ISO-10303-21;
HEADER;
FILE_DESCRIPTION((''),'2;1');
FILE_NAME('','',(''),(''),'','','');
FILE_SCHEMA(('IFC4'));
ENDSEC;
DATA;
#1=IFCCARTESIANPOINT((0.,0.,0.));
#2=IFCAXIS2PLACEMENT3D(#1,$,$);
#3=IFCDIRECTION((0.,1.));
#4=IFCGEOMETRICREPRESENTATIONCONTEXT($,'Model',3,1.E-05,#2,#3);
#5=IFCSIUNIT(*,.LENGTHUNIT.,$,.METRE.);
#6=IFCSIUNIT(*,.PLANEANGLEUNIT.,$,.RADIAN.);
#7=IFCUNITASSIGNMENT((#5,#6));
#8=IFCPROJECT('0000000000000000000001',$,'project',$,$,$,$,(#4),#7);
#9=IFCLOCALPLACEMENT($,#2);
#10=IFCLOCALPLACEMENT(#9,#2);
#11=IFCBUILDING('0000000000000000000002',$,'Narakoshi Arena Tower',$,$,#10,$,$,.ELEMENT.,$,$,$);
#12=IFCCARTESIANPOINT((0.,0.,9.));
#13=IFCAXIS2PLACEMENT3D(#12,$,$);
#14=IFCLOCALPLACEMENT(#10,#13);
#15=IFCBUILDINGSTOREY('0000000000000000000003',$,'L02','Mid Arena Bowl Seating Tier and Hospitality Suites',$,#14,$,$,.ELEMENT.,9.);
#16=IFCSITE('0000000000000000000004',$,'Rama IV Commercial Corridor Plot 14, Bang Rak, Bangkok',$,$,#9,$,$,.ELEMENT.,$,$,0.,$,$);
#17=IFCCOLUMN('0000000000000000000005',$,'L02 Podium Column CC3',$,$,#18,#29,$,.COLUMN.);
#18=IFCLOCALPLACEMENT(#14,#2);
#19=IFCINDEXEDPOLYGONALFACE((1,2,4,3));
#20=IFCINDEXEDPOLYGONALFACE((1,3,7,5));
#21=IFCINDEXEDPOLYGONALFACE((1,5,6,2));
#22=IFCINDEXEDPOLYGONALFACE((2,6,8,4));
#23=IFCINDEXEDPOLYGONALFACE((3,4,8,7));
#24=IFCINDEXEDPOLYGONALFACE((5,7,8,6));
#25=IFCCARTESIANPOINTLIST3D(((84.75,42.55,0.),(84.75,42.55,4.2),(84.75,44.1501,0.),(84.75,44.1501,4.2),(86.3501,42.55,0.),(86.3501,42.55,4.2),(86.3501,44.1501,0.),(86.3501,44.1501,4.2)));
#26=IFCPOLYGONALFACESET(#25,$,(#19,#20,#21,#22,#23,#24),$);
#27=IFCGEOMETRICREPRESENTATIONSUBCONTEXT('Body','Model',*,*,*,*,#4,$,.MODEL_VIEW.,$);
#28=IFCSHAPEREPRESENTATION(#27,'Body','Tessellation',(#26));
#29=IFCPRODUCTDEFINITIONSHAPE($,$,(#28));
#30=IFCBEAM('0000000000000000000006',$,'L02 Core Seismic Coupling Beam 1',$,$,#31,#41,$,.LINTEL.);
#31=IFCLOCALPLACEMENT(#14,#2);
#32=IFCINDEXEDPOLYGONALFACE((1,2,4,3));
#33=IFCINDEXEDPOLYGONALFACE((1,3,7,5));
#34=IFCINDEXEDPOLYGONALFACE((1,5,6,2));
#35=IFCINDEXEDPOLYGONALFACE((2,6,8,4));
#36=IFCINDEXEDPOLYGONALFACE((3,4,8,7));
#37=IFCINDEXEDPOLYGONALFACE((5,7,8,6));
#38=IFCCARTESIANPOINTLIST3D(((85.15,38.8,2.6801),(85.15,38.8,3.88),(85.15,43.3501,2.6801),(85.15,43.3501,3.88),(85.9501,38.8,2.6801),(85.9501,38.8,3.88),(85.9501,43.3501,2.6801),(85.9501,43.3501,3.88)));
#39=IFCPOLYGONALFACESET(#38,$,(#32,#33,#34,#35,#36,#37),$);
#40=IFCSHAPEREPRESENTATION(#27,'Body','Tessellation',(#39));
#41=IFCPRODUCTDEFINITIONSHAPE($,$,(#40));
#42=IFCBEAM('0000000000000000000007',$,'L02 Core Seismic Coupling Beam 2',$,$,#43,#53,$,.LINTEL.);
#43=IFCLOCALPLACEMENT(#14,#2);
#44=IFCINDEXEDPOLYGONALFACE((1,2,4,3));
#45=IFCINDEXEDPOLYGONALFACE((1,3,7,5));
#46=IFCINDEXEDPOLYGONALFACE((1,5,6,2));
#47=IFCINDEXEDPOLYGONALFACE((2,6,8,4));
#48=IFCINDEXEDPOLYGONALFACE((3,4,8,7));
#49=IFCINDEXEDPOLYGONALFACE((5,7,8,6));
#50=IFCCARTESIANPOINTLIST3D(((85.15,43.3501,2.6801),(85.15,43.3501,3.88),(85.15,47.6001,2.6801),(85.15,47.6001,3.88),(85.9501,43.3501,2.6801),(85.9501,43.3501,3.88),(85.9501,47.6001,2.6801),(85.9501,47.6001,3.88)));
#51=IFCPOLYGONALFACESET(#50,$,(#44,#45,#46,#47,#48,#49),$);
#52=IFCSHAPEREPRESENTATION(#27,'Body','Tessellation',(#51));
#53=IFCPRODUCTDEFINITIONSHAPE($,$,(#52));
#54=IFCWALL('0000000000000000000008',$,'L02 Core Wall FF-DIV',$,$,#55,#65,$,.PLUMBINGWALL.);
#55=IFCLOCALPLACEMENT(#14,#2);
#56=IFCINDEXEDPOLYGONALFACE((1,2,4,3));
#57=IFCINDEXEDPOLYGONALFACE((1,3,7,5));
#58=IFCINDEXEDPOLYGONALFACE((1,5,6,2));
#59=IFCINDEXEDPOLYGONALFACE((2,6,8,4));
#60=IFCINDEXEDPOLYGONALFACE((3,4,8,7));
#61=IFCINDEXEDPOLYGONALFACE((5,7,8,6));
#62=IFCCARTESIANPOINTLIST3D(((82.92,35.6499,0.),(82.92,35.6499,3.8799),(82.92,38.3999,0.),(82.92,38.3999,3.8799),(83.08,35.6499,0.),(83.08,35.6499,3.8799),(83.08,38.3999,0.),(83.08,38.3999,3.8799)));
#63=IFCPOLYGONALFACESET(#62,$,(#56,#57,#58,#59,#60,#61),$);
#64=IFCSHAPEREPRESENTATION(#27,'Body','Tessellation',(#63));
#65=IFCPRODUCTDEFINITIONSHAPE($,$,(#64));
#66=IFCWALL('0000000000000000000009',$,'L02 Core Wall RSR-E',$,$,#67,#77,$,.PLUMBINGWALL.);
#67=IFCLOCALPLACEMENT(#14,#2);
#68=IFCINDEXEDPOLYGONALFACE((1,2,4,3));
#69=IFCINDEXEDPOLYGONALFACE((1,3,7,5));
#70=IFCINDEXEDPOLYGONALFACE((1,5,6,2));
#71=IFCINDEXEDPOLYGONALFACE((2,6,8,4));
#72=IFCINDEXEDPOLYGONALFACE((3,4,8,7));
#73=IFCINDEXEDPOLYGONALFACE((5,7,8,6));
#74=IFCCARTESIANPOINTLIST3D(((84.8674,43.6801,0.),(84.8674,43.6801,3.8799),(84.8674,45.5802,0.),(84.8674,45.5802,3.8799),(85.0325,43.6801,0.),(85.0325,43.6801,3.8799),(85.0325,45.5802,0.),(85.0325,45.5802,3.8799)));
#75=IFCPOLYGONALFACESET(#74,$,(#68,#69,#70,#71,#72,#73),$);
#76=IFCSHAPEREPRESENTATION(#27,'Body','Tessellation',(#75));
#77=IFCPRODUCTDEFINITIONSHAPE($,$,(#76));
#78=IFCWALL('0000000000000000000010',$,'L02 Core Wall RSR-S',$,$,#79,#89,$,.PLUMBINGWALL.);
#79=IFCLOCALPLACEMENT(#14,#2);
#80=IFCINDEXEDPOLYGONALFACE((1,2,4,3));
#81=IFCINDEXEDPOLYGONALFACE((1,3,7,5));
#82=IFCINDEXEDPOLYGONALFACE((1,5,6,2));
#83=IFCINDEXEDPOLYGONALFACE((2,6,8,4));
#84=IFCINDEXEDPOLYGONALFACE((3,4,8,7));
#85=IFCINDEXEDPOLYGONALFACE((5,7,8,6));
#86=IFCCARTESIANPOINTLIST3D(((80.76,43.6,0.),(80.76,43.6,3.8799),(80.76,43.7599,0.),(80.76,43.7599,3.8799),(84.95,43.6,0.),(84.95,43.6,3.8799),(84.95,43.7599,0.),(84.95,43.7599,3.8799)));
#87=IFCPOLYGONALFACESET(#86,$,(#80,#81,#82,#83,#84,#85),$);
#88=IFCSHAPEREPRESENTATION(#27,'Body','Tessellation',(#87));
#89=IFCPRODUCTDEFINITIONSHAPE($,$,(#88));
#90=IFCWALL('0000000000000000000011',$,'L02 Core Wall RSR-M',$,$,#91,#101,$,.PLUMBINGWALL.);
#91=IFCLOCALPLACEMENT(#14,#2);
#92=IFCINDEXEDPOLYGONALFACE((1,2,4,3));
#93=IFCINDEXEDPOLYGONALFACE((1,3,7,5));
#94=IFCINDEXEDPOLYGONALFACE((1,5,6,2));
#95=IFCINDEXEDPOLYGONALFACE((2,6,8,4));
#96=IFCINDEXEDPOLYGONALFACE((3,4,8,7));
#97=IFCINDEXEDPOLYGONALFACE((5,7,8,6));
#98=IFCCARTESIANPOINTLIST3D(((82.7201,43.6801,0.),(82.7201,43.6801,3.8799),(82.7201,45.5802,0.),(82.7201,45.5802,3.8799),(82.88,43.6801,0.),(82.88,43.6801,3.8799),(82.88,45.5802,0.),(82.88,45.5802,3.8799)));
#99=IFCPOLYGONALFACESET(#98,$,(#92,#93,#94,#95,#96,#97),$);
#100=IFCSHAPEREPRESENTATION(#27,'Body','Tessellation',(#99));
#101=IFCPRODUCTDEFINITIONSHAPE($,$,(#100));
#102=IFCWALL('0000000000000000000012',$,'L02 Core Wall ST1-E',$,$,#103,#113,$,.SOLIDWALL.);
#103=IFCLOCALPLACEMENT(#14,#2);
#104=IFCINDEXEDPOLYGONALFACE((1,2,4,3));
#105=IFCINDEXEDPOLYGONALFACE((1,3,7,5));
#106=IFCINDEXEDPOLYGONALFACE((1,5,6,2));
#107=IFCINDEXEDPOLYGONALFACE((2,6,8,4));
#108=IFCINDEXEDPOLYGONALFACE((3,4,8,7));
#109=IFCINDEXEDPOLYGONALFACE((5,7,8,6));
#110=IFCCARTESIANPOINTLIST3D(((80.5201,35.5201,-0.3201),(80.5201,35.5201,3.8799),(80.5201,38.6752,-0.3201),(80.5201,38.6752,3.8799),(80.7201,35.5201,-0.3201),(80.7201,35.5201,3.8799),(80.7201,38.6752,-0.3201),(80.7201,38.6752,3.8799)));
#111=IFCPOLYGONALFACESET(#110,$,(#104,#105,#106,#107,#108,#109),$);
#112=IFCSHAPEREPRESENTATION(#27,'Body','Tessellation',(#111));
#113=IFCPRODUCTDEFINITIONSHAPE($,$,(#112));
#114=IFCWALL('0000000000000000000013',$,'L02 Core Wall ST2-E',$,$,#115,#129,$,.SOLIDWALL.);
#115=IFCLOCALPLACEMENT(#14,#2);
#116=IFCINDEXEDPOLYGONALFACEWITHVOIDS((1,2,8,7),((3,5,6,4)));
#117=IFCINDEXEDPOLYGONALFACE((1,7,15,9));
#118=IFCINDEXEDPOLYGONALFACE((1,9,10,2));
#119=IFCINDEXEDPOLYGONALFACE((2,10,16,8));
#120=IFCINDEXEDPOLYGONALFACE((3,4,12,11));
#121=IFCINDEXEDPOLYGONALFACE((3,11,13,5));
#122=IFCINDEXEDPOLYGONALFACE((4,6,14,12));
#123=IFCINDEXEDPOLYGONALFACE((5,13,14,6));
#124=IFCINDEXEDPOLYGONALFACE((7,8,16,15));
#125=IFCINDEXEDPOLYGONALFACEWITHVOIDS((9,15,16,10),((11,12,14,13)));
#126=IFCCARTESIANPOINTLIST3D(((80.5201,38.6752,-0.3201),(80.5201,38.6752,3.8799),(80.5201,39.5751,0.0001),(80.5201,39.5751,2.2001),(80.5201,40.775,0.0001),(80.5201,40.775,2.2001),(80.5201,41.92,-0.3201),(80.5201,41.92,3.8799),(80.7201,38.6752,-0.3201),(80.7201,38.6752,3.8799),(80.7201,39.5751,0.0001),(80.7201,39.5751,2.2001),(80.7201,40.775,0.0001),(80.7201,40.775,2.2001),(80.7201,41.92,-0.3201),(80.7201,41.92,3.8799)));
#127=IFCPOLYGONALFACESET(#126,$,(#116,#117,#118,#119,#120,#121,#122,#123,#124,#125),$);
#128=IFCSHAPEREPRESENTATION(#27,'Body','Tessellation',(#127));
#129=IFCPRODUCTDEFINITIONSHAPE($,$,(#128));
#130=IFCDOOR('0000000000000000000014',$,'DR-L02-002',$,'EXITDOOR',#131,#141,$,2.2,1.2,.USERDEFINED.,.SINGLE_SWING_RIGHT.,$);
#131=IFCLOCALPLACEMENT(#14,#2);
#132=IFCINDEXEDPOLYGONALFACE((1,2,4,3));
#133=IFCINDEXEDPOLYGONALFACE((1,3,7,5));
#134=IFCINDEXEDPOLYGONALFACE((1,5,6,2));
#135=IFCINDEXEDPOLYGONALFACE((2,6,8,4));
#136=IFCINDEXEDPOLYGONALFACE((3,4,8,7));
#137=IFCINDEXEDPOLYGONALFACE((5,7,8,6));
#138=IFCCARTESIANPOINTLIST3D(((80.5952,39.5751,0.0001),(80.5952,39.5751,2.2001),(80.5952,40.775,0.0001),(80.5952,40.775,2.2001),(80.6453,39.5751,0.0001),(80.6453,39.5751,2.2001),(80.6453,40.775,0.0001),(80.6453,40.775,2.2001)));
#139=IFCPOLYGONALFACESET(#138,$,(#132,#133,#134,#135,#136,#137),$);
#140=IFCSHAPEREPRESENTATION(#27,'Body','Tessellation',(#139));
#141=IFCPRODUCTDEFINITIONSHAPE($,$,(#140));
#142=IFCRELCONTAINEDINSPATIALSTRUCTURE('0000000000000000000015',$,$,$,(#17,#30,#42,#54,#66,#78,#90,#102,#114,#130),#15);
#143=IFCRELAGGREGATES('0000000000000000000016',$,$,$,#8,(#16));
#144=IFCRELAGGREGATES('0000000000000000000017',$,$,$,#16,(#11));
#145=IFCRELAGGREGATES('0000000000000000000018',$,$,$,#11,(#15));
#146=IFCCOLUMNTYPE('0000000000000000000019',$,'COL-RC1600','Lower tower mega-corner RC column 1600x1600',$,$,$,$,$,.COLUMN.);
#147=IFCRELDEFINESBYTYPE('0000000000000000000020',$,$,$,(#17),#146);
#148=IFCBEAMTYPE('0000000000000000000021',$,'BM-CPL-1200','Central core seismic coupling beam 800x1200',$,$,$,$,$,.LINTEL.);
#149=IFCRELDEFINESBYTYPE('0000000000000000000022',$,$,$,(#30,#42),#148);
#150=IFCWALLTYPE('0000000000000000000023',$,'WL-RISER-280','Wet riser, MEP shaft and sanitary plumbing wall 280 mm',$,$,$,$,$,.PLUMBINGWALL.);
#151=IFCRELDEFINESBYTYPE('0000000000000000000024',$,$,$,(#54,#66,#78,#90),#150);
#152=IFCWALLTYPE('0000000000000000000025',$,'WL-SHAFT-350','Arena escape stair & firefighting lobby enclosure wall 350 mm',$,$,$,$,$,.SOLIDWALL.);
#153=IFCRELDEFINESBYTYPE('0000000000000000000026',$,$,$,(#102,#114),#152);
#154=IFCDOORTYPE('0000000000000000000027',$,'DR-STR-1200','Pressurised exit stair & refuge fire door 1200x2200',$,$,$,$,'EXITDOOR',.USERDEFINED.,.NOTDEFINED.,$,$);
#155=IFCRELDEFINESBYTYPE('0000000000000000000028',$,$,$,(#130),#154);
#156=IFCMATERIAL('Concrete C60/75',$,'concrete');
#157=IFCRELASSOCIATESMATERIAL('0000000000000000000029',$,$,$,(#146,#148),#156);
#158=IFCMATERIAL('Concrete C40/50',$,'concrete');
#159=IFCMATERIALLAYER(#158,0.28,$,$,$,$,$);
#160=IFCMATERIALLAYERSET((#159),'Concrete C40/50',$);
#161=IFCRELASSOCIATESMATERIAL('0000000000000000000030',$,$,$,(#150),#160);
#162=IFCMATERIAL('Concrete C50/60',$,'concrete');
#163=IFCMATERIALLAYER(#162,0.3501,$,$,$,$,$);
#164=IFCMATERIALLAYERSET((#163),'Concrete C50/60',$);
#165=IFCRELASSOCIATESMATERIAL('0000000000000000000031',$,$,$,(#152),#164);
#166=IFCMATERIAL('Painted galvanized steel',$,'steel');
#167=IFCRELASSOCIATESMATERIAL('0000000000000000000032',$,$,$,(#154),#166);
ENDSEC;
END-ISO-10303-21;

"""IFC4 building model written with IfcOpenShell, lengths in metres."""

from ifc_helpers import new_model, si_unit, direction, frame, frame_2d, origin, origin_2d, place, context, subcontext, project, spatial, rectangle, extrude, material, layer, layer_set, material_profile, profile_set, type_object, element, fill, save


model = new_model("IFC4")

# Units and contexts
model_context = context("Model", 3, precision=1e-05, world=origin(), true_north=direction((0.0, 1.0)))
body_context = subcontext(model_context, "Body", "Model", "MODEL_VIEW")
ifc_project = project(units=[si_unit("LENGTHUNIT", "METRE"), si_unit("PLANEANGLEUNIT", "RADIAN")], contexts=[model_context])

# Site, building, storey
site_placement = place(None, origin())
site = spatial("IfcSite", under=ifc_project, at=site_placement, Name="Rama IV Commercial Corridor Plot 14, Bang Rak, Bangkok", CompositionType="ELEMENT", RefElevation=0.0)
building_placement = place(site_placement, origin())
building = spatial("IfcBuilding", under=site, at=building_placement, Name="Narakoshi Arena Tower", CompositionType="ELEMENT")
storey_placement = place(building_placement, frame((0.0, 0.0, 9.0)))
storey = spatial("IfcBuildingStorey", under=building, at=storey_placement, Name="L02", Description="Mid Arena Bowl Seating Tier and Hospitality Suites", CompositionType="ELEMENT", Elevation=9.0)

# Column
ifc_material_1 = material(Name="Concrete C60/75", Category="concrete")
ifc_material_profile_1 = material_profile(ifc_material_1, rectangle(XDim=1.6001, YDim=1.6001, at=origin_2d()), Name="RC1600x1600")
ifc_profile_set_1 = profile_set([ifc_material_profile_1], Name="Concrete C60/75")
column_type = type_object("IfcColumnType", Name="COL-RC1600", Description="Lower tower mega-corner RC column 1600x1600", PredefinedType="COLUMN", material=ifc_profile_set_1)
column_placement = place(storey_placement, frame((85.55, 43.3501, 0.0), z_axis=(0.0, 0.0, 1.0), x_axis=(1.0, 0.0, 0.0)))
element("IfcColumn", 1, at=column_placement, inside=storey, type_object=column_type, Name="L02 Podium Column CC3", PredefinedType="COLUMN", context=body_context, shape_type="SweptSolid", body=[
    extrude(rectangle(XDim=1.6001, YDim=1.6001, at=origin_2d()), origin(), (0.0, 0.0, 1.0), 4.2),
])

# Beams
ifc_material_profile_2 = material_profile(ifc_material_1, rectangle(XDim=0.8, YDim=1.2, at=origin_2d()), Name="RCB800x1200")
ifc_profile_set_2 = profile_set([ifc_material_profile_2], Name="Concrete C60/75")
beam_type = type_object("IfcBeamType", Name="BM-CPL-1200", Description="Central core seismic coupling beam 800x1200", PredefinedType="LINTEL", material=ifc_profile_set_2)
beam_1_placement = place(storey_placement, frame((85.55, 38.8, 3.28), z_axis=(0.0, 1.0, 0.0), x_axis=(-1.0, 0.0, 0.0)))
element("IfcBeam", 2, at=beam_1_placement, inside=storey, type_object=beam_type, Name="L02 Core Seismic Coupling Beam 1", PredefinedType="LINTEL", context=body_context, shape_type="SweptSolid", body=[
    extrude(rectangle(XDim=0.8, YDim=1.2, at=origin_2d()), origin(), (0.0, 0.0, 1.0), 4.55),
])
beam_2_placement = place(storey_placement, frame((85.55, 43.3501, 3.28), z_axis=(0.0, 1.0, 0.0), x_axis=(-1.0, 0.0, 0.0)))
element("IfcBeam", 3, at=beam_2_placement, inside=storey, type_object=beam_type, Name="L02 Core Seismic Coupling Beam 2", PredefinedType="LINTEL", context=body_context, shape_type="SweptSolid", body=[
    extrude(rectangle(XDim=0.8, YDim=1.2, at=origin_2d()), origin(), (0.0, 0.0, 1.0), 4.25),
])

# Walls
ifc_material_2 = material(Name="Concrete C40/50", Category="concrete")
ifc_layer_1 = layer(ifc_material_2, 0.28)
ifc_layer_set_1 = layer_set([ifc_layer_1], Name="Concrete C40/50")
wall_type_1 = type_object("IfcWallType", Name="WL-RISER-280", Description="Wet riser, MEP shaft and sanitary plumbing wall 280 mm", PredefinedType="PLUMBINGWALL", material=ifc_layer_set_1)
wall_1_placement = place(storey_placement, frame((83.0, 35.6499, 0.0), z_axis=(0.0, 0.0, 1.0), x_axis=(0.0, 1.0, 0.0)))
element("IfcWall", 4, at=wall_1_placement, inside=storey, type_object=wall_type_1, Name="L02 Core Wall FF-DIV", PredefinedType="PLUMBINGWALL", context=body_context, shape_type="SweptSolid", body=[
    extrude(rectangle(XDim=2.75, YDim=0.1599, at=frame_2d((1.375, 0.0))), origin(), (0.0, 0.0, 1.0), 3.8799),
])
wall_2_placement = place(storey_placement, frame((84.95, 43.6799, 0.0), z_axis=(0.0, 0.0, 1.0), x_axis=(0.0, 1.0, 0.0)))
element("IfcWall", 5, at=wall_2_placement, inside=storey, type_object=wall_type_1, Name="L02 Core Wall RSR-E", PredefinedType="PLUMBINGWALL", context=body_context, shape_type="SweptSolid", body=[
    extrude(rectangle(XDim=1.9001, YDim=0.165, at=frame_2d((0.9502, 0.0))), origin(), (0.0, 0.0, 1.0), 3.8799),
])
wall_3_placement = place(storey_placement, frame((80.76, 43.6799, 0.0), z_axis=(0.0, 0.0, 1.0), x_axis=(1.0, 0.0, 0.0)))
element("IfcWall", 6, at=wall_3_placement, inside=storey, type_object=wall_type_1, Name="L02 Core Wall RSR-S", PredefinedType="PLUMBINGWALL", context=body_context, shape_type="SweptSolid", body=[
    extrude(rectangle(XDim=4.1899, YDim=0.1599, at=frame_2d((2.095, 0.0))), origin(), (0.0, 0.0, 1.0), 3.8799),
])
wall_4_placement = place(storey_placement, frame((82.8, 43.6799, 0.0), z_axis=(0.0, 0.0, 1.0), x_axis=(0.0, 1.0, 0.0)))
element("IfcWall", 7, at=wall_4_placement, inside=storey, type_object=wall_type_1, Name="L02 Core Wall RSR-M", PredefinedType="PLUMBINGWALL", context=body_context, shape_type="SweptSolid", body=[
    extrude(rectangle(XDim=1.9001, YDim=0.1599, at=frame_2d((0.9502, 0.0))), origin(), (0.0, 0.0, 1.0), 3.8799),
])
ifc_material_3 = material(Name="Concrete C50/60", Category="concrete")
ifc_layer_2 = layer(ifc_material_3, 0.3501)
ifc_layer_set_2 = layer_set([ifc_layer_2], Name="Concrete C50/60")
wall_type_2 = type_object("IfcWallType", Name="WL-SHAFT-350", Description="Arena escape stair & firefighting lobby enclosure wall 350 mm", PredefinedType="SOLIDWALL", material=ifc_layer_set_2)
wall_5_placement = place(storey_placement, frame((80.6201, 35.52, -0.3201), z_axis=(0.0, 0.0, 1.0), x_axis=(0.0, 1.0, 0.0)))
element("IfcWall", 8, at=wall_5_placement, inside=storey, type_object=wall_type_2, Name="L02 Core Wall ST1-E", PredefinedType="SOLIDWALL", context=body_context, shape_type="SweptSolid", body=[
    extrude(rectangle(XDim=3.155, YDim=0.2, at=frame_2d((1.5776, 0.0))), origin(), (0.0, 0.0, 1.0), 4.2),
])

# Wall, opening, door
wall_6_placement = place(storey_placement, frame((80.6201, 38.675, -0.3201), z_axis=(0.0, 0.0, 1.0), x_axis=(0.0, 1.0, 0.0)))
wall_6 = element("IfcWall", 9, at=wall_6_placement, inside=storey, type_object=wall_type_2, Name="L02 Core Wall ST2-E", PredefinedType="SOLIDWALL", context=body_context, shape_type="SweptSolid", body=[
    extrude(rectangle(XDim=3.2449, YDim=0.2, at=frame_2d((1.6226, 0.0))), origin(), (0.0, 0.0, 1.0), 4.2),
])
opening_1_placement = place(wall_6_placement, frame((0.8999, 0.0, 0.3201)))
opening_1 = element("IfcOpeningElement", 10, at=opening_1_placement, cuts=wall_6, PredefinedType="OPENING", context=body_context, shape_type="SweptSolid", body=[
    extrude(rectangle(XDim=1.2, YDim=2.2, at=frame_2d((0.6001, 1.1001))), frame((0.0, 0.1099, 0.0), z_axis=(0.0, -1.0, 0.0), x_axis=(1.0, 0.0, 0.0)), (0.0, 0.0, 1.0), 0.22),
])
ifc_material_4 = material(Name="Painted galvanized steel", Category="steel")
door_type_1 = type_object("IfcDoorType", Name="DR-STR-1200", Description="Pressurised exit stair & refuge fire door 1200x2200", ElementType="EXITDOOR", OperationType="NOTDEFINED", PredefinedType="USERDEFINED", material=ifc_material_4)
door_1_placement = place(opening_1_placement, origin())
door_1 = element("IfcDoor", 11, at=door_1_placement, inside=storey, type_object=door_type_1, Name="DR-L02-002", ObjectType="EXITDOOR", OperationType="SINGLE_SWING_RIGHT", OverallHeight=2.2, OverallWidth=1.2, PredefinedType="USERDEFINED", context=body_context, shape_type="SweptSolid", body=[
    extrude(rectangle(XDim=1.2, YDim=2.2, at=frame_2d((0.6001, 1.1001))), frame((0.0, 0.0249, 0.0), z_axis=(0.0, -1.0, 0.0), x_axis=(1.0, 0.0, 0.0)), (0.0, 0.0, 1.0), 0.05),
])
fill(opening_1, door_1)

save(model, "model.ifc")
